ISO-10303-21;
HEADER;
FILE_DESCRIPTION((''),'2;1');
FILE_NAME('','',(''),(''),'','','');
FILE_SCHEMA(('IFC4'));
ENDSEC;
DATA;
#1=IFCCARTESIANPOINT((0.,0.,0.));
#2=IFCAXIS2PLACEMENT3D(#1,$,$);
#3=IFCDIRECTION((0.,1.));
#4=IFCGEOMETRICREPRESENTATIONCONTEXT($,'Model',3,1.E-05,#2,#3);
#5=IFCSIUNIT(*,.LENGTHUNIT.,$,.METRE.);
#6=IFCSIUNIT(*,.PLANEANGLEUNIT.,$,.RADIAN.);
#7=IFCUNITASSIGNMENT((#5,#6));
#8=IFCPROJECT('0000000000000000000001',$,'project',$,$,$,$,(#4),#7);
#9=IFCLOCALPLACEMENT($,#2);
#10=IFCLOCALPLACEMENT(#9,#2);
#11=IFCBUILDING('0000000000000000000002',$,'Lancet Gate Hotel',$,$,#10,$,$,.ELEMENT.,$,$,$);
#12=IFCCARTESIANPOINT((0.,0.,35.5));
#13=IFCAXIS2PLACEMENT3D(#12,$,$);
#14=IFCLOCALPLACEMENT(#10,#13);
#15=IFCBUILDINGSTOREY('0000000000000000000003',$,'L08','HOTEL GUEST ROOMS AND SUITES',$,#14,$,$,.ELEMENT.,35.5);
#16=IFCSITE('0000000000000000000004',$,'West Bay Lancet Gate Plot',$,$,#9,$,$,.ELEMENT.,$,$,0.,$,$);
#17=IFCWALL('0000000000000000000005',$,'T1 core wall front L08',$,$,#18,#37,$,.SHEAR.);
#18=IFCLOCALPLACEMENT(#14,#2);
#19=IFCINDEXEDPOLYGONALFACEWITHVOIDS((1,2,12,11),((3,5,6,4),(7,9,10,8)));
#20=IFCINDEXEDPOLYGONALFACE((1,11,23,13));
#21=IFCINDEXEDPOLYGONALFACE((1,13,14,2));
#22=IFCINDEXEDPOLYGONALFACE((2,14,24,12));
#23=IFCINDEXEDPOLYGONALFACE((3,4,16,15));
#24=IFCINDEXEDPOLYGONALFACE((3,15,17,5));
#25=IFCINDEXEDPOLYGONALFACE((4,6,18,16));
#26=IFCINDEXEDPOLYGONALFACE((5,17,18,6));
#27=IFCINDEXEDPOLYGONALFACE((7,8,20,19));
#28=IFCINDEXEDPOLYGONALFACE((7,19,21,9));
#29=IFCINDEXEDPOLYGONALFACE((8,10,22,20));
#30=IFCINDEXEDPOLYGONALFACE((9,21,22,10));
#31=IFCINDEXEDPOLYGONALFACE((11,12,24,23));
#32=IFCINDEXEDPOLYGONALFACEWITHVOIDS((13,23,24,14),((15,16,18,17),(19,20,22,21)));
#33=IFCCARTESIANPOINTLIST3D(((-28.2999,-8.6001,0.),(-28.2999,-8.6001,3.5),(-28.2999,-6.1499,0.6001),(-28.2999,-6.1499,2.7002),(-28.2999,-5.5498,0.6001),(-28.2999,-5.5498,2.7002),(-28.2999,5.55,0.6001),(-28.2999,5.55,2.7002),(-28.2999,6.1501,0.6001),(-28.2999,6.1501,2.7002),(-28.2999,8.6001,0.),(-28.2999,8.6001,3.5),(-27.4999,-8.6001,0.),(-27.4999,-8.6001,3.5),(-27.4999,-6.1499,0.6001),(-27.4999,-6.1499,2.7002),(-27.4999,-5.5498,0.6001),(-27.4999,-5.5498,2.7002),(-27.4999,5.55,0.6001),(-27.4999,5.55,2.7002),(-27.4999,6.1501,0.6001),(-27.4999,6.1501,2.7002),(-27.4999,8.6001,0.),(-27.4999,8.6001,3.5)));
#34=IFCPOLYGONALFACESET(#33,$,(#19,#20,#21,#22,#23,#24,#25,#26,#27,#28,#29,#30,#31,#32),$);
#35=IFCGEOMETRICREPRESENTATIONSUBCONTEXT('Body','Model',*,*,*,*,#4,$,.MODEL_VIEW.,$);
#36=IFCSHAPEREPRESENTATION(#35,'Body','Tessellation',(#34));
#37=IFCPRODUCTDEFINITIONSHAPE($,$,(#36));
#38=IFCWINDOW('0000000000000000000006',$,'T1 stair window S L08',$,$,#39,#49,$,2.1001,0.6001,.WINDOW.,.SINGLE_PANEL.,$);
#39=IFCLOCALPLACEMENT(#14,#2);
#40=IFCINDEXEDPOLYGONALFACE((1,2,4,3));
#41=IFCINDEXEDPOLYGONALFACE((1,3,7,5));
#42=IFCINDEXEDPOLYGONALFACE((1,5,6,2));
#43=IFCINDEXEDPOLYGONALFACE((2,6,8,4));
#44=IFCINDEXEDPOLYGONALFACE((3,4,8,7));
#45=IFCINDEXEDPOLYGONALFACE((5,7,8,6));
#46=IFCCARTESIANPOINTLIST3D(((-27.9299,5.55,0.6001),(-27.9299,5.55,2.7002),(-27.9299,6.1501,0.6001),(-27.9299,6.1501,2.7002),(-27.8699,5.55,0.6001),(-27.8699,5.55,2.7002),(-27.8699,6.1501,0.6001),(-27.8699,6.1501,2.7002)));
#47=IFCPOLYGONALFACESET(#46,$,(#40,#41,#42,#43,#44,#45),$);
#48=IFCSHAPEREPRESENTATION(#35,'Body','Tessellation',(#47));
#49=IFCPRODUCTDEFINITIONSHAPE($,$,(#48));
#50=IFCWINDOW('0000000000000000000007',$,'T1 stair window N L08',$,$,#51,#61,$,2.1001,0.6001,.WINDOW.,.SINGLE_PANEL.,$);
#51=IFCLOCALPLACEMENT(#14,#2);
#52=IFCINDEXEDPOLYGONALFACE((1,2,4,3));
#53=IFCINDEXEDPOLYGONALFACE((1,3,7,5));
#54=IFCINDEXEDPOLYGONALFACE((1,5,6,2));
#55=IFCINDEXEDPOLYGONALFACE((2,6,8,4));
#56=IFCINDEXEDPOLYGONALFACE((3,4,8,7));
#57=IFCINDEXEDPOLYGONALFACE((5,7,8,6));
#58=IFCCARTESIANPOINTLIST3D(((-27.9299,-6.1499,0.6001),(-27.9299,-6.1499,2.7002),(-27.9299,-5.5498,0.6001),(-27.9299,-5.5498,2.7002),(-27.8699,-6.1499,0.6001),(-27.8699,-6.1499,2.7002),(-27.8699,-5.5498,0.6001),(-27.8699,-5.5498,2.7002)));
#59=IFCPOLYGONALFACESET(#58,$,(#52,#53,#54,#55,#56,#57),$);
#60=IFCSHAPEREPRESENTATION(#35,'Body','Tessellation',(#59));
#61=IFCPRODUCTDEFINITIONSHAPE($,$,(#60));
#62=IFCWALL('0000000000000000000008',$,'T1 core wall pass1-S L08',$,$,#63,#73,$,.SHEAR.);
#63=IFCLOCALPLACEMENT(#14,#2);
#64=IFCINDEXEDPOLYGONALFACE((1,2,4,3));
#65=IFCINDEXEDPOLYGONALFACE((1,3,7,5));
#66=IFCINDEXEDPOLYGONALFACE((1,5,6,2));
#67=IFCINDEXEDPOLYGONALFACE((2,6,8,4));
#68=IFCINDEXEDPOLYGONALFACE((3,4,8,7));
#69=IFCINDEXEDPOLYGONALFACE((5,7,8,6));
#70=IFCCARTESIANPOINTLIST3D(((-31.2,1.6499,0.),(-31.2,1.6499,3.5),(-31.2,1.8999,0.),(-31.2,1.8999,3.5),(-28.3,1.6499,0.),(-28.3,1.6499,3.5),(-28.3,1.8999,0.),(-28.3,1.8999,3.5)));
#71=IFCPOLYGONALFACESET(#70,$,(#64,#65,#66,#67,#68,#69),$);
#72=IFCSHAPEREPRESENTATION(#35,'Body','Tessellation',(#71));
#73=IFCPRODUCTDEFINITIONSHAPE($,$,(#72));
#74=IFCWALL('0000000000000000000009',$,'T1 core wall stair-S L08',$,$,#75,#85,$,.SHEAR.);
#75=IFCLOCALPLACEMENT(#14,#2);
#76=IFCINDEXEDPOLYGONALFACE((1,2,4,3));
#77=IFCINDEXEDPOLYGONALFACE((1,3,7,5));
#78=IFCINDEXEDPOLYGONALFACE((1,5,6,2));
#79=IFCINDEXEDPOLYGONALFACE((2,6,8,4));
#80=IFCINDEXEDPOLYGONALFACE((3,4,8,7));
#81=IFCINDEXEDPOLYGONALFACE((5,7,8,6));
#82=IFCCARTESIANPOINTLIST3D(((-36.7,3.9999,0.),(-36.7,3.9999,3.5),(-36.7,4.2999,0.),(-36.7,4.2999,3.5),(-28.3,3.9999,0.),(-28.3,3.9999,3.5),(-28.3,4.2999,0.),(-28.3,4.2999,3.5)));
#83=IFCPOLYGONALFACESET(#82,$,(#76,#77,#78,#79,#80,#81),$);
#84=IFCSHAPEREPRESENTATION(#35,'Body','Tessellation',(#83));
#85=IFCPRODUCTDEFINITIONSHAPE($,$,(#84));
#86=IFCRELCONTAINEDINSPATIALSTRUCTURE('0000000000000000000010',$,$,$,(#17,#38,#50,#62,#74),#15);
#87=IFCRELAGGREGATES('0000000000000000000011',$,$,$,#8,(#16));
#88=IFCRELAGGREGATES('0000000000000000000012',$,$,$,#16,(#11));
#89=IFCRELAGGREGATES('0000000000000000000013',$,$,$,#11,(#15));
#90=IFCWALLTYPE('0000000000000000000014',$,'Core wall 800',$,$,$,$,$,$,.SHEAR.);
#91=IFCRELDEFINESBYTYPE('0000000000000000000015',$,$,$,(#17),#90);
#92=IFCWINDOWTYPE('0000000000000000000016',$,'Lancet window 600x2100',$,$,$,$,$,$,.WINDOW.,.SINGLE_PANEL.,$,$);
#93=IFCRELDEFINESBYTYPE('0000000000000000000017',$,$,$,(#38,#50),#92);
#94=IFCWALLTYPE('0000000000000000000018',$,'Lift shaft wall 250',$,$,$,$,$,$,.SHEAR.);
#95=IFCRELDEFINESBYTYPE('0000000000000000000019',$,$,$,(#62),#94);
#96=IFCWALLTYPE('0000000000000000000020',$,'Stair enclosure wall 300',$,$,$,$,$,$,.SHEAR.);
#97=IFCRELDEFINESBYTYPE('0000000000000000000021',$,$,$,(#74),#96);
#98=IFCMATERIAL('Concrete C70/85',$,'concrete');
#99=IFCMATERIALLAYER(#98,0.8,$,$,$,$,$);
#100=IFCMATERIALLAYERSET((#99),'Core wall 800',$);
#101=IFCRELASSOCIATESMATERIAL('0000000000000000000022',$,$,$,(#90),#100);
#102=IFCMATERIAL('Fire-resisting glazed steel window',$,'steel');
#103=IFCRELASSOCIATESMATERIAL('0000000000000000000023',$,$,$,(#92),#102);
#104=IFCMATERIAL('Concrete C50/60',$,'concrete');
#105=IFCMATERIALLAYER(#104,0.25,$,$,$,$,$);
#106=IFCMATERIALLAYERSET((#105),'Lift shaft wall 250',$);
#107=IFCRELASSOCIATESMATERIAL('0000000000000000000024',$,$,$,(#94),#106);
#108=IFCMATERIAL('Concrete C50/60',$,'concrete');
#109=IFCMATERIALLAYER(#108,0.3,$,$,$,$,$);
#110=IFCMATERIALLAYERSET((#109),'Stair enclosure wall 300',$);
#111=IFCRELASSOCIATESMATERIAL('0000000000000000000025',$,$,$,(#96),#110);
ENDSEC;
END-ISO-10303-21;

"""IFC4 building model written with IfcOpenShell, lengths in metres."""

from ifc_helpers import new_model, si_unit, direction, frame, frame_2d, origin, place, context, subcontext, project, spatial, rectangle, extrude, material, layer, layer_set, type_object, element, fill, save


model = new_model("IFC4")

# Units and contexts
model_context = context("Model", 3, precision=1e-05, world=origin(), true_north=direction((0.0, 1.0)))
body_context = subcontext(model_context, "Body", "Model", "MODEL_VIEW")
ifc_project = project(units=[si_unit("LENGTHUNIT", "METRE"), si_unit("PLANEANGLEUNIT", "RADIAN")], contexts=[model_context])

# Site, building, storey
site_placement = place(None, origin())
site = spatial("IfcSite", under=ifc_project, at=site_placement, Name="West Bay Lancet Gate Plot", CompositionType="ELEMENT", RefElevation=0.0)
building_placement = place(site_placement, origin())
building = spatial("IfcBuilding", under=site, at=building_placement, Name="Lancet Gate Hotel", CompositionType="ELEMENT")
storey_placement = place(building_placement, frame((0.0, 0.0, 35.5)))
storey = spatial("IfcBuildingStorey", under=building, at=storey_placement, Name="L08", Description="HOTEL GUEST ROOMS AND SUITES", CompositionType="ELEMENT", Elevation=35.5)

# Wall, openings, windows
ifc_material_1 = material(Name="Concrete C70/85", Category="concrete")
ifc_layer_1 = layer(ifc_material_1, 0.8)
ifc_layer_set_1 = layer_set([ifc_layer_1], Name="Core wall 800")
wall_type_1 = type_object("IfcWallType", Name="Core wall 800", PredefinedType="SHEAR", material=ifc_layer_set_1)
wall_1_placement = place(storey_placement, frame((-27.8999, 8.6001, 0.0), z_axis=(0.0, 0.0, 1.0), x_axis=(0.0, -1.0, 0.0)))
wall_1 = element("IfcWall", 1, at=wall_1_placement, inside=storey, type_object=wall_type_1, Name="T1 core wall front L08", PredefinedType="SHEAR", context=body_context, shape_type="SweptSolid", body=[
    extrude(rectangle(XDim=17.2002, YDim=0.8, at=frame_2d((8.6001, 0.0))), origin(), (0.0, 0.0, 1.0), 3.5),
])
opening_1_placement = place(wall_1_placement, frame((2.45, 0.0, 0.6001)))
opening_1 = element("IfcOpeningElement", 2, at=opening_1_placement, cuts=wall_1, PredefinedType="OPENING", context=body_context, shape_type="SweptSolid", body=[
    extrude(rectangle(XDim=0.6001, YDim=2.1001, at=frame_2d((0.3, 1.05))), frame((0.0, 0.4099, 0.0), z_axis=(0.0, -1.0, 0.0), x_axis=(1.0, 0.0, 0.0)), (0.0, 0.0, 1.0), 0.8201),
])
opening_2_placement = place(wall_1_placement, frame((14.1499, 0.0, 0.6001)))
opening_2 = element("IfcOpeningElement", 3, at=opening_2_placement, cuts=wall_1, PredefinedType="OPENING", context=body_context, shape_type="SweptSolid", body=[
    extrude(rectangle(XDim=0.6001, YDim=2.1001, at=frame_2d((0.3, 1.05))), frame((0.0, 0.4099, 0.0), z_axis=(0.0, -1.0, 0.0), x_axis=(1.0, 0.0, 0.0)), (0.0, 0.0, 1.0), 0.8201),
])
ifc_material_2 = material(Name="Fire-resisting glazed steel window", Category="steel")
window_type = type_object("IfcWindowType", Name="Lancet window 600x2100", PartitioningType="SINGLE_PANEL", PredefinedType="WINDOW", material=ifc_material_2)
window_1_placement = place(opening_1_placement, origin())
window_1 = element("IfcWindow", 4, at=window_1_placement, inside=storey, type_object=window_type, Name="T1 stair window S L08", OverallHeight=2.1001, OverallWidth=0.6001, PartitioningType="SINGLE_PANEL", PredefinedType="WINDOW", context=body_context, shape_type="SweptSolid", body=[
    extrude(rectangle(XDim=0.6001, YDim=2.1001, at=frame_2d((0.3, 1.05))), frame((0.0, 0.03, 0.0), z_axis=(0.0, -1.0, 0.0), x_axis=(1.0, 0.0, 0.0)), (0.0, 0.0, 1.0), 0.0601),
])
fill(opening_1, window_1)
window_2_placement = place(opening_2_placement, origin())
window_2 = element("IfcWindow", 5, at=window_2_placement, inside=storey, type_object=window_type, Name="T1 stair window N L08", OverallHeight=2.1001, OverallWidth=0.6001, PartitioningType="SINGLE_PANEL", PredefinedType="WINDOW", context=body_context, shape_type="SweptSolid", body=[
    extrude(rectangle(XDim=0.6001, YDim=2.1001, at=frame_2d((0.3, 1.05))), frame((0.0, 0.03, 0.0), z_axis=(0.0, -1.0, 0.0), x_axis=(1.0, 0.0, 0.0)), (0.0, 0.0, 1.0), 0.0601),
])
fill(opening_2, window_2)

# Walls
ifc_material_3 = material(Name="Concrete C50/60", Category="concrete")
ifc_layer_2 = layer(ifc_material_3, 0.25)
ifc_layer_set_2 = layer_set([ifc_layer_2], Name="Lift shaft wall 250")
wall_type_2 = type_object("IfcWallType", Name="Lift shaft wall 250", PredefinedType="SHEAR", material=ifc_layer_set_2)
wall_2_placement = place(storey_placement, frame((-28.3, 1.7749, 0.0), z_axis=(0.0, 0.0, 1.0), x_axis=(-1.0, 0.0, 0.0)))
element("IfcWall", 6, at=wall_2_placement, inside=storey, type_object=wall_type_2, Name="T1 core wall pass1-S L08", PredefinedType="SHEAR", context=body_context, shape_type="SweptSolid", body=[
    extrude(rectangle(XDim=2.8999, YDim=0.25, at=frame_2d((1.45, 0.0))), origin(), (0.0, 0.0, 1.0), 3.5),
])
ifc_material_4 = material(Name="Concrete C50/60", Category="concrete")
ifc_layer_3 = layer(ifc_material_4, 0.3)
ifc_layer_set_3 = layer_set([ifc_layer_3], Name="Stair enclosure wall 300")
wall_type_3 = type_object("IfcWallType", Name="Stair enclosure wall 300", PredefinedType="SHEAR", material=ifc_layer_set_3)
wall_3_placement = place(storey_placement, frame((-28.3, 4.1499, 0.0), z_axis=(0.0, 0.0, 1.0), x_axis=(-1.0, 0.0, 0.0)))
element("IfcWall", 7, at=wall_3_placement, inside=storey, type_object=wall_type_3, Name="T1 core wall stair-S L08", PredefinedType="SHEAR", context=body_context, shape_type="SweptSolid", body=[
    extrude(rectangle(XDim=8.3999, YDim=0.3, at=frame_2d((4.2, 0.0))), origin(), (0.0, 0.0, 1.0), 3.5),
])

save(model, "model.ifc")
